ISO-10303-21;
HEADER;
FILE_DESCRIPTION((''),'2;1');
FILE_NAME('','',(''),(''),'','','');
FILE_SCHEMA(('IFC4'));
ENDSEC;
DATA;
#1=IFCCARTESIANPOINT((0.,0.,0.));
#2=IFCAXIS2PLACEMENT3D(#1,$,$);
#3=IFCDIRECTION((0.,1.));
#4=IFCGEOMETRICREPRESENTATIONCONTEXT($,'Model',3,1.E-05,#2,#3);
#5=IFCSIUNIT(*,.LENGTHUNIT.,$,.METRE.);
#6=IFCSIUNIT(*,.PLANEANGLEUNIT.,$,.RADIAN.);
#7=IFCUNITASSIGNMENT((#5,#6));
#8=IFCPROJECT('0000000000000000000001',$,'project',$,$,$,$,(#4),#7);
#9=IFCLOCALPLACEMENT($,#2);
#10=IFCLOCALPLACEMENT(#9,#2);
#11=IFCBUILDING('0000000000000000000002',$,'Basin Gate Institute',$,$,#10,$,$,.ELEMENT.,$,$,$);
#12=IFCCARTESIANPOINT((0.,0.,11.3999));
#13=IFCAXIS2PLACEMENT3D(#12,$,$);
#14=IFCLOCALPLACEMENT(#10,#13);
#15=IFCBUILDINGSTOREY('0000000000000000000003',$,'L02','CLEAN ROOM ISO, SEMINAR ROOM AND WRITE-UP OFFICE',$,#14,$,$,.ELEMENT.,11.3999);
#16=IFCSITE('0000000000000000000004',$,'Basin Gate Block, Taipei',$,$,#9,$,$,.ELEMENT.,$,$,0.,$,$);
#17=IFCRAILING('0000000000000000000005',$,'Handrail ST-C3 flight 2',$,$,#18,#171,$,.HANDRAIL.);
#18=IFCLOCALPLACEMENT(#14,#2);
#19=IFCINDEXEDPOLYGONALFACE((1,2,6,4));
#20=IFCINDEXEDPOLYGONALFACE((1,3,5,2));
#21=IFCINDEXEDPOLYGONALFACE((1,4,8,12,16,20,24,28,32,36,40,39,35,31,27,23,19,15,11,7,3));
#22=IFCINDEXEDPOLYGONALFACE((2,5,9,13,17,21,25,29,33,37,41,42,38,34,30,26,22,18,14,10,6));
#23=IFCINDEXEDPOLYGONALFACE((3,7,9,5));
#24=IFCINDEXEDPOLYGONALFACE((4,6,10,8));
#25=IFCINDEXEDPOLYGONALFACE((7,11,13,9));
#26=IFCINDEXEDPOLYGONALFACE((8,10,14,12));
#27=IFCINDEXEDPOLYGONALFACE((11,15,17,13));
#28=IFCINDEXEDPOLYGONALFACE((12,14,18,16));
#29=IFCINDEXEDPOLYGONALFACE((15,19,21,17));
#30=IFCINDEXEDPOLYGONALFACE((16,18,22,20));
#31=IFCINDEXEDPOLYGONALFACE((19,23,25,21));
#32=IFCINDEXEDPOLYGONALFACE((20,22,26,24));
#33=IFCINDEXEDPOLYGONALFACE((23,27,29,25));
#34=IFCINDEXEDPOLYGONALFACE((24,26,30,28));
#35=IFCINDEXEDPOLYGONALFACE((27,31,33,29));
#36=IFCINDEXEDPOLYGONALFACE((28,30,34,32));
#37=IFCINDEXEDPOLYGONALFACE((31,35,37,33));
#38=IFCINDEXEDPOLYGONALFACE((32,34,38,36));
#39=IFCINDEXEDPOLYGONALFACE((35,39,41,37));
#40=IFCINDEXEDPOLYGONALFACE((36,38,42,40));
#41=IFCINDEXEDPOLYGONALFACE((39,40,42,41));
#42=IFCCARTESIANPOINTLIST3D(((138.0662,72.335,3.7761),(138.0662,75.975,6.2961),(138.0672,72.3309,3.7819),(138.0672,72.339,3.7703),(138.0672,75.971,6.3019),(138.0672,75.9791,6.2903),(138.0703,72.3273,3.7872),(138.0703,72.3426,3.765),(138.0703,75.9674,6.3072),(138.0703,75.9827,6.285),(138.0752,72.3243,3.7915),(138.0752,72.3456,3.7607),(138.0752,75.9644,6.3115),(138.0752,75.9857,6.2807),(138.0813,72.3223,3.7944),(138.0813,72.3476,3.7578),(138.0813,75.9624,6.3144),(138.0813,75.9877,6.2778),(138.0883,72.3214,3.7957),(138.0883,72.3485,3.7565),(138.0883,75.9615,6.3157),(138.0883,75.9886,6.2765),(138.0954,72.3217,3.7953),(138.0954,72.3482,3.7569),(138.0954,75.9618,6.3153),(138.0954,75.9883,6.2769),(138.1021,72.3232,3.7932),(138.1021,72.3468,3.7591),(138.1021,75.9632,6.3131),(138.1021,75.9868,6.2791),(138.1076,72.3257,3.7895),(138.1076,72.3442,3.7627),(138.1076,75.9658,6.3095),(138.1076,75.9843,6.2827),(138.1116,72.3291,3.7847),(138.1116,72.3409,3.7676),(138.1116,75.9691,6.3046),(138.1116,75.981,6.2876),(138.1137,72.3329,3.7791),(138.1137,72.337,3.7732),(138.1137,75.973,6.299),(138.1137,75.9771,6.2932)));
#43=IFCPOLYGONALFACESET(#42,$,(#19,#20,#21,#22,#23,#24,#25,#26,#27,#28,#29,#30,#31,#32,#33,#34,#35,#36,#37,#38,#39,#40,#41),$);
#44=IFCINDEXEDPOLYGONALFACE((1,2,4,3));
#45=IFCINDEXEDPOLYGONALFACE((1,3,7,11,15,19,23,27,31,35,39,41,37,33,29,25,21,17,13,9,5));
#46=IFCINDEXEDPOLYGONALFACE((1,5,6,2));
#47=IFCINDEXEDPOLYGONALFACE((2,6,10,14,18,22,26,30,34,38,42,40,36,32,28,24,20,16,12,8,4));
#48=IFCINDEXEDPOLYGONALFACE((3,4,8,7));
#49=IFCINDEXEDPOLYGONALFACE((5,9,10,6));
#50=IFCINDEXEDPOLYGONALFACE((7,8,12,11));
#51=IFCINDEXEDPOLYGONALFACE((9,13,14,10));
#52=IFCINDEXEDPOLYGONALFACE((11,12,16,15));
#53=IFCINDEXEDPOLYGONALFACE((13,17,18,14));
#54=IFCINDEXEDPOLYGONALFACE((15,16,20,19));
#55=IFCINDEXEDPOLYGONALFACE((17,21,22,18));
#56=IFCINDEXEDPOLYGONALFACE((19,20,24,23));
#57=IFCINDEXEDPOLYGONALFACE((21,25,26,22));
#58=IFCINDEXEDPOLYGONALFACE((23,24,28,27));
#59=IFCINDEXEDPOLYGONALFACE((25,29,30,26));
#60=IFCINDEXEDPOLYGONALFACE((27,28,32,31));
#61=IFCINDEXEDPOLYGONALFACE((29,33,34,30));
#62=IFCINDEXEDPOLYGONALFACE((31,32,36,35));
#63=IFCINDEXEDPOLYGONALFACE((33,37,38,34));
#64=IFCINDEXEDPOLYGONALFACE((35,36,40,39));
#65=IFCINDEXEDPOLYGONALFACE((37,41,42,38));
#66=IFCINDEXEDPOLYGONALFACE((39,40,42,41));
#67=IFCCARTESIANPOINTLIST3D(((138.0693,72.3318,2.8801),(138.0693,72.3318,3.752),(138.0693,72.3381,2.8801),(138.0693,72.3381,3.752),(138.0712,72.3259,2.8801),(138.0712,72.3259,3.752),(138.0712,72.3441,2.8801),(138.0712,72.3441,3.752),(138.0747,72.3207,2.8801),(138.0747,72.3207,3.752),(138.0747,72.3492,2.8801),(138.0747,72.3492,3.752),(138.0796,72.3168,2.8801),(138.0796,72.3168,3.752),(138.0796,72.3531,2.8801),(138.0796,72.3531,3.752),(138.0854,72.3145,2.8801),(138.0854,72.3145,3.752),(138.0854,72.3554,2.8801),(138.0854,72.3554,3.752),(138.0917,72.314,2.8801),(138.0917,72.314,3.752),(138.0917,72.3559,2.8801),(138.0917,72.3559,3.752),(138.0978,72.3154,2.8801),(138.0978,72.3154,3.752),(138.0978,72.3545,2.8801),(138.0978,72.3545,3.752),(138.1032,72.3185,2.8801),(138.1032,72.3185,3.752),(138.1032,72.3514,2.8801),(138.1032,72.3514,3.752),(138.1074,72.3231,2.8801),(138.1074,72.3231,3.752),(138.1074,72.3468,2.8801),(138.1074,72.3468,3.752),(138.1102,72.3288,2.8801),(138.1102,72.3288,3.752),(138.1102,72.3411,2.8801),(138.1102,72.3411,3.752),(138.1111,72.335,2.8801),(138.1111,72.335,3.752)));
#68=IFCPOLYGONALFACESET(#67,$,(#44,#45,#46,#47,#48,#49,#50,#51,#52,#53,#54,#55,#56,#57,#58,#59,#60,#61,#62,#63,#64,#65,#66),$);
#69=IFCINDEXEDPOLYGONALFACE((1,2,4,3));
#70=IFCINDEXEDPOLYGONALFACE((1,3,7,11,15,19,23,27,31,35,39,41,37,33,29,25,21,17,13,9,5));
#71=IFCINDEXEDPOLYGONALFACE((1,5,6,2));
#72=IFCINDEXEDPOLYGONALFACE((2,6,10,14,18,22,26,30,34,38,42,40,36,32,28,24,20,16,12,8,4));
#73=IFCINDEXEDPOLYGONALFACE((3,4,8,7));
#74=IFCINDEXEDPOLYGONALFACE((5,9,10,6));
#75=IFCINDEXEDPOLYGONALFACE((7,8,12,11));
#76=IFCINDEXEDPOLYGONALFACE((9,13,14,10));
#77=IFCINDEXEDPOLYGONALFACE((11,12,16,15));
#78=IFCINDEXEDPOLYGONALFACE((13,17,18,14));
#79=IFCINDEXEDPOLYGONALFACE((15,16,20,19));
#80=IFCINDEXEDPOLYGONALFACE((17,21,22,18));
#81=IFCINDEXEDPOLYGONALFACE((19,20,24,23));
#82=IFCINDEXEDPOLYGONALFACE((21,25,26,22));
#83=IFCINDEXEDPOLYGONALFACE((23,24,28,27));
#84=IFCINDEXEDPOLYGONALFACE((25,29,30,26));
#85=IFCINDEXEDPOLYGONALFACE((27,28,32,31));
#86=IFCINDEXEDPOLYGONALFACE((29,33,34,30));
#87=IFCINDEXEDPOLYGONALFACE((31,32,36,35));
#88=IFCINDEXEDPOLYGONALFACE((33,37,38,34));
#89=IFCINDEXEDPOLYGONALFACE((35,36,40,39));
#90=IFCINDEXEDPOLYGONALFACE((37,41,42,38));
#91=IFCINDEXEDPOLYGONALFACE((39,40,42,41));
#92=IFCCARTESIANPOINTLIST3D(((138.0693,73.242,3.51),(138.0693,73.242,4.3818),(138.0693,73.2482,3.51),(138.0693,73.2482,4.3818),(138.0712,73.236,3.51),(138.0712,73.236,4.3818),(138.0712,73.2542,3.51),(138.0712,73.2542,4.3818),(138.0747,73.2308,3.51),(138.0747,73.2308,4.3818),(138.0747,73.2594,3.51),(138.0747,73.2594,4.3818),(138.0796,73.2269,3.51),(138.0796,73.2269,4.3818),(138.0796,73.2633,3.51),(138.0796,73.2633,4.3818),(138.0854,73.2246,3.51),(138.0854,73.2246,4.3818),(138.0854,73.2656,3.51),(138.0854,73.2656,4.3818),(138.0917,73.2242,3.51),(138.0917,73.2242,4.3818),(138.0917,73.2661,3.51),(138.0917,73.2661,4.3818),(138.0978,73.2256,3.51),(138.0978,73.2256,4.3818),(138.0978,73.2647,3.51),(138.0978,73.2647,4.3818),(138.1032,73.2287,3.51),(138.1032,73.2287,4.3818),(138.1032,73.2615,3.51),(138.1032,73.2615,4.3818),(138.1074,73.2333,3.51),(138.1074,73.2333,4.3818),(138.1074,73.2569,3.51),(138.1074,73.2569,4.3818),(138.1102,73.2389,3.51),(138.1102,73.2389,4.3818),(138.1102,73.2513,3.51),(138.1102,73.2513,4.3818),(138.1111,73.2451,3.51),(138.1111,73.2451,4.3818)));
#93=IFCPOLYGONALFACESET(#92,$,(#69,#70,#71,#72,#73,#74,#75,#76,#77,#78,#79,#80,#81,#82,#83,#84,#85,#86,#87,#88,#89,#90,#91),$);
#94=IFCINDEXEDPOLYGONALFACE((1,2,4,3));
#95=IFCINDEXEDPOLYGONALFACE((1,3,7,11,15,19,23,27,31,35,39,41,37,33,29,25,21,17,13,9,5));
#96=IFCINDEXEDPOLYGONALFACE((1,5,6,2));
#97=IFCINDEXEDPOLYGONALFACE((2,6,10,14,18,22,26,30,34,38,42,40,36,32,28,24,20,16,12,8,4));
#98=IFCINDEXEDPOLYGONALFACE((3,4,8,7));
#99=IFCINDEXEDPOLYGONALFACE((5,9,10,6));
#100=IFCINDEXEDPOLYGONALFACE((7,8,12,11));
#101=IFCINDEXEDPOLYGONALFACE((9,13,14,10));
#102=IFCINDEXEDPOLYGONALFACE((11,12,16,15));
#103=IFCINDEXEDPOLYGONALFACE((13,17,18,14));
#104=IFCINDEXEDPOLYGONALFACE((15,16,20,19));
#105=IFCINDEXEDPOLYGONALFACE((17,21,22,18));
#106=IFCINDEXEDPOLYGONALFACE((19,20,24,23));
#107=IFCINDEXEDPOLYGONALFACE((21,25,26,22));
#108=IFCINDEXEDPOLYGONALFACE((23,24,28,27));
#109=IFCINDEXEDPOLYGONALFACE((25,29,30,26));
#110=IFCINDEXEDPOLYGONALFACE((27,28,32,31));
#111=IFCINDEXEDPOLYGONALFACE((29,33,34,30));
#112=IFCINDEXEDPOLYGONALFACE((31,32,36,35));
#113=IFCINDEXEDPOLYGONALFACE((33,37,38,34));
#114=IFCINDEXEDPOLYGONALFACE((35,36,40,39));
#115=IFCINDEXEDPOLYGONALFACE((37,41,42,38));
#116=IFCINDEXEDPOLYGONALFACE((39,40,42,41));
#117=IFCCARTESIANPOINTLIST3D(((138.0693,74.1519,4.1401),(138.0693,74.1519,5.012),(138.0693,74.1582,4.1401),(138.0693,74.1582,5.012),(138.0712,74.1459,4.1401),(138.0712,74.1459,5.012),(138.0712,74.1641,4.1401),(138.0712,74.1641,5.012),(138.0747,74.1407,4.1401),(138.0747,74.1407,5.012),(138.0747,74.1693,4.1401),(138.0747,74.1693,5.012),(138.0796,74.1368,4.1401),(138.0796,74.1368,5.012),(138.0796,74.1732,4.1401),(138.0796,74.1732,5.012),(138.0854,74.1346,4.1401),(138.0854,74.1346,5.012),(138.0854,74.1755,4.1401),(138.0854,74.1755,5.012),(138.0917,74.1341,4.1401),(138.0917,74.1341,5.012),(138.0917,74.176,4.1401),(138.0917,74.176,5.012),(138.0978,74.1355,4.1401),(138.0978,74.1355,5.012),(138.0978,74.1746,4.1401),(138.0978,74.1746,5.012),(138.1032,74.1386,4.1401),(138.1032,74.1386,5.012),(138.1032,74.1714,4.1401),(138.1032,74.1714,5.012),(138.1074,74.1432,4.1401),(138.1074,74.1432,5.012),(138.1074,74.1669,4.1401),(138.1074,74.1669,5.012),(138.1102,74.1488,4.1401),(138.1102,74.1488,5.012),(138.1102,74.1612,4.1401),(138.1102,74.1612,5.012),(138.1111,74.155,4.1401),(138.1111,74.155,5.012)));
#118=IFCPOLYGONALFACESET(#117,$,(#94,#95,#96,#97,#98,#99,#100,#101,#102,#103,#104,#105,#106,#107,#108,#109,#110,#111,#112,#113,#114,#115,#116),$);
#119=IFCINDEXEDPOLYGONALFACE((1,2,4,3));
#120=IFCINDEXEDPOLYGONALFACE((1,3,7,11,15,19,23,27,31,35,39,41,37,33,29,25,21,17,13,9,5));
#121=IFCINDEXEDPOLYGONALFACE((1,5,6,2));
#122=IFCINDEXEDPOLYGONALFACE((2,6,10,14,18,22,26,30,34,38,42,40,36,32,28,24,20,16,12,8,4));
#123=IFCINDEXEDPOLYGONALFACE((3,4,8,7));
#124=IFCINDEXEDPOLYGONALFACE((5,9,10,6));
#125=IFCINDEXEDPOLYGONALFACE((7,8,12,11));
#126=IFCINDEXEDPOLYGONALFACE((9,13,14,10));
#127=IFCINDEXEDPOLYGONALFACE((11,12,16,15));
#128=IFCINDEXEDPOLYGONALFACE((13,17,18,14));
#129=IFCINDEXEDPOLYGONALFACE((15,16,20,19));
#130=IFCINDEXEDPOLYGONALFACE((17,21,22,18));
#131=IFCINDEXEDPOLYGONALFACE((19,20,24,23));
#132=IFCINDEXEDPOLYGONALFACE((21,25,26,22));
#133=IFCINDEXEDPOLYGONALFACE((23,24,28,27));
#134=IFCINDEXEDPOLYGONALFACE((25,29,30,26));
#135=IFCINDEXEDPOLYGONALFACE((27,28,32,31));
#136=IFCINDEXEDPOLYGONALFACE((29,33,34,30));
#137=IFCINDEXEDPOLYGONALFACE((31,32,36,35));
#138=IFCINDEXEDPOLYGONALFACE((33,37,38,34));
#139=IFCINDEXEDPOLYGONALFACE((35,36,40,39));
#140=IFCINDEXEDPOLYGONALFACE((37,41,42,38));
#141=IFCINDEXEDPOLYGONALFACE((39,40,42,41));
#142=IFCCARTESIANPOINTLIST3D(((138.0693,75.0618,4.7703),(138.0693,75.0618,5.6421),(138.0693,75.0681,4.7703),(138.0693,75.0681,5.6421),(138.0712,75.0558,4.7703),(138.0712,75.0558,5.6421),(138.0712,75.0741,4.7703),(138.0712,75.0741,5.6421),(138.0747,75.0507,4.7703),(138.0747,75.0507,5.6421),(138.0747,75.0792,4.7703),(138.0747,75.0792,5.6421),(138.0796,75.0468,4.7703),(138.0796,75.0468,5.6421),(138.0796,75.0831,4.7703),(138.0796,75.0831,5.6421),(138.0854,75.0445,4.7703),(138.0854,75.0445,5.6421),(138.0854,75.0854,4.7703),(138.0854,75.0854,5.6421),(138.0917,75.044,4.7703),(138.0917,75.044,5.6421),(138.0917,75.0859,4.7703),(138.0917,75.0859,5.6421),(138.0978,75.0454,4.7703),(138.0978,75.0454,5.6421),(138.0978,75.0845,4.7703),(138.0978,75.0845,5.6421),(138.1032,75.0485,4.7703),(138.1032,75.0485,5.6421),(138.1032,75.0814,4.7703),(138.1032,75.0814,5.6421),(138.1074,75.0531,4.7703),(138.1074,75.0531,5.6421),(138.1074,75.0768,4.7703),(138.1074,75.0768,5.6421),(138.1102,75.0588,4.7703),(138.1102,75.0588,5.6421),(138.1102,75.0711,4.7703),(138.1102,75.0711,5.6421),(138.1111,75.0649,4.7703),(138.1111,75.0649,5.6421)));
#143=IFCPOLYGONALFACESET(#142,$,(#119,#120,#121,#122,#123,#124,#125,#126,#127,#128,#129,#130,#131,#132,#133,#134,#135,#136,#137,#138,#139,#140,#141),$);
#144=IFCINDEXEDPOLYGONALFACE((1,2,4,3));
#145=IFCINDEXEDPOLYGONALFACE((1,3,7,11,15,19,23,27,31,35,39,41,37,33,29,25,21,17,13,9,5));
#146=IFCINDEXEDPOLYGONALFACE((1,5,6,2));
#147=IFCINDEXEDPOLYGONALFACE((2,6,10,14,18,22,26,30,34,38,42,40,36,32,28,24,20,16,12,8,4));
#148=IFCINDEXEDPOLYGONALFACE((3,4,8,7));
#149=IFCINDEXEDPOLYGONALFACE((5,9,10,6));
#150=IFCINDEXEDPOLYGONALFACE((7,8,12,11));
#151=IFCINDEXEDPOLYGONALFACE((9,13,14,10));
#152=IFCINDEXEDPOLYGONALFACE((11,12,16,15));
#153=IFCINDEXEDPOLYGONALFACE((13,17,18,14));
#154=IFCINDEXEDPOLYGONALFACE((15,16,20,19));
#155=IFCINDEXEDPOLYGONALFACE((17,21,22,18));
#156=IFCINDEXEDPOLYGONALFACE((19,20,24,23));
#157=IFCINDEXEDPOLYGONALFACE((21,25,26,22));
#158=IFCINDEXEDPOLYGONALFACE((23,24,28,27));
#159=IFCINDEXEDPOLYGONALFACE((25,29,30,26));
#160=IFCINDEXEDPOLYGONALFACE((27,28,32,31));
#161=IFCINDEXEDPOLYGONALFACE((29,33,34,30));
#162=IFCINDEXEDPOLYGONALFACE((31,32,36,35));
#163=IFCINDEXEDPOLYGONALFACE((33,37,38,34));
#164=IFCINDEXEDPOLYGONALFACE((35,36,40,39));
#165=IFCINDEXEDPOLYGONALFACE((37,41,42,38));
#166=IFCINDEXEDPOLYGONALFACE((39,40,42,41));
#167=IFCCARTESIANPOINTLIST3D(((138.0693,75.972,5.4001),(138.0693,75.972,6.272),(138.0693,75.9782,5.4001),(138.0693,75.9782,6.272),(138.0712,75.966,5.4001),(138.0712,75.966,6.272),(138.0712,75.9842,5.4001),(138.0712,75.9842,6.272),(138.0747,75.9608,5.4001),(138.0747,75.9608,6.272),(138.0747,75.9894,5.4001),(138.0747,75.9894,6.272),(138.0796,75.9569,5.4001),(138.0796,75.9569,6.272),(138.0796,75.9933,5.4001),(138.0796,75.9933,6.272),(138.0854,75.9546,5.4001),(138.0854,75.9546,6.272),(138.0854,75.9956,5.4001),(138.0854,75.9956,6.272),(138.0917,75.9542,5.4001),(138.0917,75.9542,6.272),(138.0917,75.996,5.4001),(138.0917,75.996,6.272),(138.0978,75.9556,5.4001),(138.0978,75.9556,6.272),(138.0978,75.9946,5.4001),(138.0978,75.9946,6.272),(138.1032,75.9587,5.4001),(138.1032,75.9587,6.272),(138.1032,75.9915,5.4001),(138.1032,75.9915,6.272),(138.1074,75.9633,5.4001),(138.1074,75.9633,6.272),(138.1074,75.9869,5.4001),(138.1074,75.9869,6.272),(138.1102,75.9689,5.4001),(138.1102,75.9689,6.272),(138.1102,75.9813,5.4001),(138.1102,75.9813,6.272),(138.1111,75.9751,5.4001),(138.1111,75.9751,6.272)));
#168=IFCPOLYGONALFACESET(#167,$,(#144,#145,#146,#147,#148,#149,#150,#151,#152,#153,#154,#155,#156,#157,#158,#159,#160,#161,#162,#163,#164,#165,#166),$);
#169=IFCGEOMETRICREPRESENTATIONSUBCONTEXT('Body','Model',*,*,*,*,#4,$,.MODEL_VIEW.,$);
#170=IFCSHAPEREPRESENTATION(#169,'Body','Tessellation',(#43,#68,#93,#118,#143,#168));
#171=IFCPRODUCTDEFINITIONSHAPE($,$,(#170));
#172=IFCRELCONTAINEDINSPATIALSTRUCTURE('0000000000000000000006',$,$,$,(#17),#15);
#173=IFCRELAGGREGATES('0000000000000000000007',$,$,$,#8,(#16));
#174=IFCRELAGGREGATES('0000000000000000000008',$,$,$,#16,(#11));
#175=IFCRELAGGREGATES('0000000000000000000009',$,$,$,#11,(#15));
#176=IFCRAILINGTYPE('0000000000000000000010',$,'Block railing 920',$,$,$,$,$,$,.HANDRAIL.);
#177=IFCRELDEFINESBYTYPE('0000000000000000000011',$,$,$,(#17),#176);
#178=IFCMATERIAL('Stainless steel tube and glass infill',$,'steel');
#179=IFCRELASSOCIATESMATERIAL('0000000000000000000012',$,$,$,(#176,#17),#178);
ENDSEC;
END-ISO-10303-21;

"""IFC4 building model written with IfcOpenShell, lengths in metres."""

from ifc_helpers import new_model, si_unit, direction, frame, origin, origin_2d, place, context, subcontext, project, spatial, circle, extrude, material, type_object, element, save


model = new_model("IFC4")

# Units and contexts
model_context = context("Model", 3, precision=1e-05, world=origin(), true_north=direction((0.0, 1.0)))
body_context = subcontext(model_context, "Body", "Model", "MODEL_VIEW")
ifc_project = project(units=[si_unit("LENGTHUNIT", "METRE"), si_unit("PLANEANGLEUNIT", "RADIAN")], contexts=[model_context])

# Site, building, storey
site_placement = place(None, origin())
site = spatial("IfcSite", under=ifc_project, at=site_placement, Name="Basin Gate Block, Taipei", CompositionType="ELEMENT", RefElevation=0.0)
building_placement = place(site_placement, origin())
building = spatial("IfcBuilding", under=site, at=building_placement, Name="Basin Gate Institute", CompositionType="ELEMENT")
storey_placement = place(building_placement, frame((0.0, 0.0, 11.3999)))
storey = spatial("IfcBuildingStorey", under=building, at=storey_placement, Name="L02", Description="CLEAN ROOM ISO, SEMINAR ROOM AND WRITE-UP OFFICE", CompositionType="ELEMENT", Elevation=11.3999)

# Railing
ifc_material_1 = material(Name="Stainless steel tube and glass infill", Category="steel")
railing_type = type_object("IfcRailingType", Name="Block railing 920", PredefinedType="HANDRAIL", material=ifc_material_1)
for number, where, name in (
    (1, (138.0901, 72.335, 2.8801), "Handrail ST-C3 flight 2"),
):
    element("IfcRailing", number, at=place(storey_placement, frame(where)), inside=storey, type_object=railing_type, material=ifc_material_1, Name=name, PredefinedType="HANDRAIL", context=body_context, shape_type="SweptSolid", body=[
        extrude(circle(Radius=0.0239, at=origin_2d()), frame((0.0, 0.0, 0.896), z_axis=(0.0, 0.8222, 0.569199), x_axis=(-1.0, 0.0, 0.0)), (0.0, 0.0, 1.0), 4.4272),
        extrude(circle(Radius=0.021, at=origin_2d()), origin(), (0.0, 0.0, 1.0), 0.8718),
        extrude(circle(Radius=0.021, at=origin_2d()), frame((0.0, 0.9102, 0.6299)), (0.0, 0.0, 1.0), 0.8718),
        extrude(circle(Radius=0.021, at=origin_2d()), frame((0.0, 1.8201, 1.26)), (0.0, 0.0, 1.0), 0.8718),
        extrude(circle(Radius=0.021, at=origin_2d()), frame((0.0, 2.73, 1.8901)), (0.0, 0.0, 1.0), 0.8718),
        extrude(circle(Radius=0.021, at=origin_2d()), frame((0.0, 3.6401, 2.52)), (0.0, 0.0, 1.0), 0.8718),
    ])

save(model, "model.ifc")
